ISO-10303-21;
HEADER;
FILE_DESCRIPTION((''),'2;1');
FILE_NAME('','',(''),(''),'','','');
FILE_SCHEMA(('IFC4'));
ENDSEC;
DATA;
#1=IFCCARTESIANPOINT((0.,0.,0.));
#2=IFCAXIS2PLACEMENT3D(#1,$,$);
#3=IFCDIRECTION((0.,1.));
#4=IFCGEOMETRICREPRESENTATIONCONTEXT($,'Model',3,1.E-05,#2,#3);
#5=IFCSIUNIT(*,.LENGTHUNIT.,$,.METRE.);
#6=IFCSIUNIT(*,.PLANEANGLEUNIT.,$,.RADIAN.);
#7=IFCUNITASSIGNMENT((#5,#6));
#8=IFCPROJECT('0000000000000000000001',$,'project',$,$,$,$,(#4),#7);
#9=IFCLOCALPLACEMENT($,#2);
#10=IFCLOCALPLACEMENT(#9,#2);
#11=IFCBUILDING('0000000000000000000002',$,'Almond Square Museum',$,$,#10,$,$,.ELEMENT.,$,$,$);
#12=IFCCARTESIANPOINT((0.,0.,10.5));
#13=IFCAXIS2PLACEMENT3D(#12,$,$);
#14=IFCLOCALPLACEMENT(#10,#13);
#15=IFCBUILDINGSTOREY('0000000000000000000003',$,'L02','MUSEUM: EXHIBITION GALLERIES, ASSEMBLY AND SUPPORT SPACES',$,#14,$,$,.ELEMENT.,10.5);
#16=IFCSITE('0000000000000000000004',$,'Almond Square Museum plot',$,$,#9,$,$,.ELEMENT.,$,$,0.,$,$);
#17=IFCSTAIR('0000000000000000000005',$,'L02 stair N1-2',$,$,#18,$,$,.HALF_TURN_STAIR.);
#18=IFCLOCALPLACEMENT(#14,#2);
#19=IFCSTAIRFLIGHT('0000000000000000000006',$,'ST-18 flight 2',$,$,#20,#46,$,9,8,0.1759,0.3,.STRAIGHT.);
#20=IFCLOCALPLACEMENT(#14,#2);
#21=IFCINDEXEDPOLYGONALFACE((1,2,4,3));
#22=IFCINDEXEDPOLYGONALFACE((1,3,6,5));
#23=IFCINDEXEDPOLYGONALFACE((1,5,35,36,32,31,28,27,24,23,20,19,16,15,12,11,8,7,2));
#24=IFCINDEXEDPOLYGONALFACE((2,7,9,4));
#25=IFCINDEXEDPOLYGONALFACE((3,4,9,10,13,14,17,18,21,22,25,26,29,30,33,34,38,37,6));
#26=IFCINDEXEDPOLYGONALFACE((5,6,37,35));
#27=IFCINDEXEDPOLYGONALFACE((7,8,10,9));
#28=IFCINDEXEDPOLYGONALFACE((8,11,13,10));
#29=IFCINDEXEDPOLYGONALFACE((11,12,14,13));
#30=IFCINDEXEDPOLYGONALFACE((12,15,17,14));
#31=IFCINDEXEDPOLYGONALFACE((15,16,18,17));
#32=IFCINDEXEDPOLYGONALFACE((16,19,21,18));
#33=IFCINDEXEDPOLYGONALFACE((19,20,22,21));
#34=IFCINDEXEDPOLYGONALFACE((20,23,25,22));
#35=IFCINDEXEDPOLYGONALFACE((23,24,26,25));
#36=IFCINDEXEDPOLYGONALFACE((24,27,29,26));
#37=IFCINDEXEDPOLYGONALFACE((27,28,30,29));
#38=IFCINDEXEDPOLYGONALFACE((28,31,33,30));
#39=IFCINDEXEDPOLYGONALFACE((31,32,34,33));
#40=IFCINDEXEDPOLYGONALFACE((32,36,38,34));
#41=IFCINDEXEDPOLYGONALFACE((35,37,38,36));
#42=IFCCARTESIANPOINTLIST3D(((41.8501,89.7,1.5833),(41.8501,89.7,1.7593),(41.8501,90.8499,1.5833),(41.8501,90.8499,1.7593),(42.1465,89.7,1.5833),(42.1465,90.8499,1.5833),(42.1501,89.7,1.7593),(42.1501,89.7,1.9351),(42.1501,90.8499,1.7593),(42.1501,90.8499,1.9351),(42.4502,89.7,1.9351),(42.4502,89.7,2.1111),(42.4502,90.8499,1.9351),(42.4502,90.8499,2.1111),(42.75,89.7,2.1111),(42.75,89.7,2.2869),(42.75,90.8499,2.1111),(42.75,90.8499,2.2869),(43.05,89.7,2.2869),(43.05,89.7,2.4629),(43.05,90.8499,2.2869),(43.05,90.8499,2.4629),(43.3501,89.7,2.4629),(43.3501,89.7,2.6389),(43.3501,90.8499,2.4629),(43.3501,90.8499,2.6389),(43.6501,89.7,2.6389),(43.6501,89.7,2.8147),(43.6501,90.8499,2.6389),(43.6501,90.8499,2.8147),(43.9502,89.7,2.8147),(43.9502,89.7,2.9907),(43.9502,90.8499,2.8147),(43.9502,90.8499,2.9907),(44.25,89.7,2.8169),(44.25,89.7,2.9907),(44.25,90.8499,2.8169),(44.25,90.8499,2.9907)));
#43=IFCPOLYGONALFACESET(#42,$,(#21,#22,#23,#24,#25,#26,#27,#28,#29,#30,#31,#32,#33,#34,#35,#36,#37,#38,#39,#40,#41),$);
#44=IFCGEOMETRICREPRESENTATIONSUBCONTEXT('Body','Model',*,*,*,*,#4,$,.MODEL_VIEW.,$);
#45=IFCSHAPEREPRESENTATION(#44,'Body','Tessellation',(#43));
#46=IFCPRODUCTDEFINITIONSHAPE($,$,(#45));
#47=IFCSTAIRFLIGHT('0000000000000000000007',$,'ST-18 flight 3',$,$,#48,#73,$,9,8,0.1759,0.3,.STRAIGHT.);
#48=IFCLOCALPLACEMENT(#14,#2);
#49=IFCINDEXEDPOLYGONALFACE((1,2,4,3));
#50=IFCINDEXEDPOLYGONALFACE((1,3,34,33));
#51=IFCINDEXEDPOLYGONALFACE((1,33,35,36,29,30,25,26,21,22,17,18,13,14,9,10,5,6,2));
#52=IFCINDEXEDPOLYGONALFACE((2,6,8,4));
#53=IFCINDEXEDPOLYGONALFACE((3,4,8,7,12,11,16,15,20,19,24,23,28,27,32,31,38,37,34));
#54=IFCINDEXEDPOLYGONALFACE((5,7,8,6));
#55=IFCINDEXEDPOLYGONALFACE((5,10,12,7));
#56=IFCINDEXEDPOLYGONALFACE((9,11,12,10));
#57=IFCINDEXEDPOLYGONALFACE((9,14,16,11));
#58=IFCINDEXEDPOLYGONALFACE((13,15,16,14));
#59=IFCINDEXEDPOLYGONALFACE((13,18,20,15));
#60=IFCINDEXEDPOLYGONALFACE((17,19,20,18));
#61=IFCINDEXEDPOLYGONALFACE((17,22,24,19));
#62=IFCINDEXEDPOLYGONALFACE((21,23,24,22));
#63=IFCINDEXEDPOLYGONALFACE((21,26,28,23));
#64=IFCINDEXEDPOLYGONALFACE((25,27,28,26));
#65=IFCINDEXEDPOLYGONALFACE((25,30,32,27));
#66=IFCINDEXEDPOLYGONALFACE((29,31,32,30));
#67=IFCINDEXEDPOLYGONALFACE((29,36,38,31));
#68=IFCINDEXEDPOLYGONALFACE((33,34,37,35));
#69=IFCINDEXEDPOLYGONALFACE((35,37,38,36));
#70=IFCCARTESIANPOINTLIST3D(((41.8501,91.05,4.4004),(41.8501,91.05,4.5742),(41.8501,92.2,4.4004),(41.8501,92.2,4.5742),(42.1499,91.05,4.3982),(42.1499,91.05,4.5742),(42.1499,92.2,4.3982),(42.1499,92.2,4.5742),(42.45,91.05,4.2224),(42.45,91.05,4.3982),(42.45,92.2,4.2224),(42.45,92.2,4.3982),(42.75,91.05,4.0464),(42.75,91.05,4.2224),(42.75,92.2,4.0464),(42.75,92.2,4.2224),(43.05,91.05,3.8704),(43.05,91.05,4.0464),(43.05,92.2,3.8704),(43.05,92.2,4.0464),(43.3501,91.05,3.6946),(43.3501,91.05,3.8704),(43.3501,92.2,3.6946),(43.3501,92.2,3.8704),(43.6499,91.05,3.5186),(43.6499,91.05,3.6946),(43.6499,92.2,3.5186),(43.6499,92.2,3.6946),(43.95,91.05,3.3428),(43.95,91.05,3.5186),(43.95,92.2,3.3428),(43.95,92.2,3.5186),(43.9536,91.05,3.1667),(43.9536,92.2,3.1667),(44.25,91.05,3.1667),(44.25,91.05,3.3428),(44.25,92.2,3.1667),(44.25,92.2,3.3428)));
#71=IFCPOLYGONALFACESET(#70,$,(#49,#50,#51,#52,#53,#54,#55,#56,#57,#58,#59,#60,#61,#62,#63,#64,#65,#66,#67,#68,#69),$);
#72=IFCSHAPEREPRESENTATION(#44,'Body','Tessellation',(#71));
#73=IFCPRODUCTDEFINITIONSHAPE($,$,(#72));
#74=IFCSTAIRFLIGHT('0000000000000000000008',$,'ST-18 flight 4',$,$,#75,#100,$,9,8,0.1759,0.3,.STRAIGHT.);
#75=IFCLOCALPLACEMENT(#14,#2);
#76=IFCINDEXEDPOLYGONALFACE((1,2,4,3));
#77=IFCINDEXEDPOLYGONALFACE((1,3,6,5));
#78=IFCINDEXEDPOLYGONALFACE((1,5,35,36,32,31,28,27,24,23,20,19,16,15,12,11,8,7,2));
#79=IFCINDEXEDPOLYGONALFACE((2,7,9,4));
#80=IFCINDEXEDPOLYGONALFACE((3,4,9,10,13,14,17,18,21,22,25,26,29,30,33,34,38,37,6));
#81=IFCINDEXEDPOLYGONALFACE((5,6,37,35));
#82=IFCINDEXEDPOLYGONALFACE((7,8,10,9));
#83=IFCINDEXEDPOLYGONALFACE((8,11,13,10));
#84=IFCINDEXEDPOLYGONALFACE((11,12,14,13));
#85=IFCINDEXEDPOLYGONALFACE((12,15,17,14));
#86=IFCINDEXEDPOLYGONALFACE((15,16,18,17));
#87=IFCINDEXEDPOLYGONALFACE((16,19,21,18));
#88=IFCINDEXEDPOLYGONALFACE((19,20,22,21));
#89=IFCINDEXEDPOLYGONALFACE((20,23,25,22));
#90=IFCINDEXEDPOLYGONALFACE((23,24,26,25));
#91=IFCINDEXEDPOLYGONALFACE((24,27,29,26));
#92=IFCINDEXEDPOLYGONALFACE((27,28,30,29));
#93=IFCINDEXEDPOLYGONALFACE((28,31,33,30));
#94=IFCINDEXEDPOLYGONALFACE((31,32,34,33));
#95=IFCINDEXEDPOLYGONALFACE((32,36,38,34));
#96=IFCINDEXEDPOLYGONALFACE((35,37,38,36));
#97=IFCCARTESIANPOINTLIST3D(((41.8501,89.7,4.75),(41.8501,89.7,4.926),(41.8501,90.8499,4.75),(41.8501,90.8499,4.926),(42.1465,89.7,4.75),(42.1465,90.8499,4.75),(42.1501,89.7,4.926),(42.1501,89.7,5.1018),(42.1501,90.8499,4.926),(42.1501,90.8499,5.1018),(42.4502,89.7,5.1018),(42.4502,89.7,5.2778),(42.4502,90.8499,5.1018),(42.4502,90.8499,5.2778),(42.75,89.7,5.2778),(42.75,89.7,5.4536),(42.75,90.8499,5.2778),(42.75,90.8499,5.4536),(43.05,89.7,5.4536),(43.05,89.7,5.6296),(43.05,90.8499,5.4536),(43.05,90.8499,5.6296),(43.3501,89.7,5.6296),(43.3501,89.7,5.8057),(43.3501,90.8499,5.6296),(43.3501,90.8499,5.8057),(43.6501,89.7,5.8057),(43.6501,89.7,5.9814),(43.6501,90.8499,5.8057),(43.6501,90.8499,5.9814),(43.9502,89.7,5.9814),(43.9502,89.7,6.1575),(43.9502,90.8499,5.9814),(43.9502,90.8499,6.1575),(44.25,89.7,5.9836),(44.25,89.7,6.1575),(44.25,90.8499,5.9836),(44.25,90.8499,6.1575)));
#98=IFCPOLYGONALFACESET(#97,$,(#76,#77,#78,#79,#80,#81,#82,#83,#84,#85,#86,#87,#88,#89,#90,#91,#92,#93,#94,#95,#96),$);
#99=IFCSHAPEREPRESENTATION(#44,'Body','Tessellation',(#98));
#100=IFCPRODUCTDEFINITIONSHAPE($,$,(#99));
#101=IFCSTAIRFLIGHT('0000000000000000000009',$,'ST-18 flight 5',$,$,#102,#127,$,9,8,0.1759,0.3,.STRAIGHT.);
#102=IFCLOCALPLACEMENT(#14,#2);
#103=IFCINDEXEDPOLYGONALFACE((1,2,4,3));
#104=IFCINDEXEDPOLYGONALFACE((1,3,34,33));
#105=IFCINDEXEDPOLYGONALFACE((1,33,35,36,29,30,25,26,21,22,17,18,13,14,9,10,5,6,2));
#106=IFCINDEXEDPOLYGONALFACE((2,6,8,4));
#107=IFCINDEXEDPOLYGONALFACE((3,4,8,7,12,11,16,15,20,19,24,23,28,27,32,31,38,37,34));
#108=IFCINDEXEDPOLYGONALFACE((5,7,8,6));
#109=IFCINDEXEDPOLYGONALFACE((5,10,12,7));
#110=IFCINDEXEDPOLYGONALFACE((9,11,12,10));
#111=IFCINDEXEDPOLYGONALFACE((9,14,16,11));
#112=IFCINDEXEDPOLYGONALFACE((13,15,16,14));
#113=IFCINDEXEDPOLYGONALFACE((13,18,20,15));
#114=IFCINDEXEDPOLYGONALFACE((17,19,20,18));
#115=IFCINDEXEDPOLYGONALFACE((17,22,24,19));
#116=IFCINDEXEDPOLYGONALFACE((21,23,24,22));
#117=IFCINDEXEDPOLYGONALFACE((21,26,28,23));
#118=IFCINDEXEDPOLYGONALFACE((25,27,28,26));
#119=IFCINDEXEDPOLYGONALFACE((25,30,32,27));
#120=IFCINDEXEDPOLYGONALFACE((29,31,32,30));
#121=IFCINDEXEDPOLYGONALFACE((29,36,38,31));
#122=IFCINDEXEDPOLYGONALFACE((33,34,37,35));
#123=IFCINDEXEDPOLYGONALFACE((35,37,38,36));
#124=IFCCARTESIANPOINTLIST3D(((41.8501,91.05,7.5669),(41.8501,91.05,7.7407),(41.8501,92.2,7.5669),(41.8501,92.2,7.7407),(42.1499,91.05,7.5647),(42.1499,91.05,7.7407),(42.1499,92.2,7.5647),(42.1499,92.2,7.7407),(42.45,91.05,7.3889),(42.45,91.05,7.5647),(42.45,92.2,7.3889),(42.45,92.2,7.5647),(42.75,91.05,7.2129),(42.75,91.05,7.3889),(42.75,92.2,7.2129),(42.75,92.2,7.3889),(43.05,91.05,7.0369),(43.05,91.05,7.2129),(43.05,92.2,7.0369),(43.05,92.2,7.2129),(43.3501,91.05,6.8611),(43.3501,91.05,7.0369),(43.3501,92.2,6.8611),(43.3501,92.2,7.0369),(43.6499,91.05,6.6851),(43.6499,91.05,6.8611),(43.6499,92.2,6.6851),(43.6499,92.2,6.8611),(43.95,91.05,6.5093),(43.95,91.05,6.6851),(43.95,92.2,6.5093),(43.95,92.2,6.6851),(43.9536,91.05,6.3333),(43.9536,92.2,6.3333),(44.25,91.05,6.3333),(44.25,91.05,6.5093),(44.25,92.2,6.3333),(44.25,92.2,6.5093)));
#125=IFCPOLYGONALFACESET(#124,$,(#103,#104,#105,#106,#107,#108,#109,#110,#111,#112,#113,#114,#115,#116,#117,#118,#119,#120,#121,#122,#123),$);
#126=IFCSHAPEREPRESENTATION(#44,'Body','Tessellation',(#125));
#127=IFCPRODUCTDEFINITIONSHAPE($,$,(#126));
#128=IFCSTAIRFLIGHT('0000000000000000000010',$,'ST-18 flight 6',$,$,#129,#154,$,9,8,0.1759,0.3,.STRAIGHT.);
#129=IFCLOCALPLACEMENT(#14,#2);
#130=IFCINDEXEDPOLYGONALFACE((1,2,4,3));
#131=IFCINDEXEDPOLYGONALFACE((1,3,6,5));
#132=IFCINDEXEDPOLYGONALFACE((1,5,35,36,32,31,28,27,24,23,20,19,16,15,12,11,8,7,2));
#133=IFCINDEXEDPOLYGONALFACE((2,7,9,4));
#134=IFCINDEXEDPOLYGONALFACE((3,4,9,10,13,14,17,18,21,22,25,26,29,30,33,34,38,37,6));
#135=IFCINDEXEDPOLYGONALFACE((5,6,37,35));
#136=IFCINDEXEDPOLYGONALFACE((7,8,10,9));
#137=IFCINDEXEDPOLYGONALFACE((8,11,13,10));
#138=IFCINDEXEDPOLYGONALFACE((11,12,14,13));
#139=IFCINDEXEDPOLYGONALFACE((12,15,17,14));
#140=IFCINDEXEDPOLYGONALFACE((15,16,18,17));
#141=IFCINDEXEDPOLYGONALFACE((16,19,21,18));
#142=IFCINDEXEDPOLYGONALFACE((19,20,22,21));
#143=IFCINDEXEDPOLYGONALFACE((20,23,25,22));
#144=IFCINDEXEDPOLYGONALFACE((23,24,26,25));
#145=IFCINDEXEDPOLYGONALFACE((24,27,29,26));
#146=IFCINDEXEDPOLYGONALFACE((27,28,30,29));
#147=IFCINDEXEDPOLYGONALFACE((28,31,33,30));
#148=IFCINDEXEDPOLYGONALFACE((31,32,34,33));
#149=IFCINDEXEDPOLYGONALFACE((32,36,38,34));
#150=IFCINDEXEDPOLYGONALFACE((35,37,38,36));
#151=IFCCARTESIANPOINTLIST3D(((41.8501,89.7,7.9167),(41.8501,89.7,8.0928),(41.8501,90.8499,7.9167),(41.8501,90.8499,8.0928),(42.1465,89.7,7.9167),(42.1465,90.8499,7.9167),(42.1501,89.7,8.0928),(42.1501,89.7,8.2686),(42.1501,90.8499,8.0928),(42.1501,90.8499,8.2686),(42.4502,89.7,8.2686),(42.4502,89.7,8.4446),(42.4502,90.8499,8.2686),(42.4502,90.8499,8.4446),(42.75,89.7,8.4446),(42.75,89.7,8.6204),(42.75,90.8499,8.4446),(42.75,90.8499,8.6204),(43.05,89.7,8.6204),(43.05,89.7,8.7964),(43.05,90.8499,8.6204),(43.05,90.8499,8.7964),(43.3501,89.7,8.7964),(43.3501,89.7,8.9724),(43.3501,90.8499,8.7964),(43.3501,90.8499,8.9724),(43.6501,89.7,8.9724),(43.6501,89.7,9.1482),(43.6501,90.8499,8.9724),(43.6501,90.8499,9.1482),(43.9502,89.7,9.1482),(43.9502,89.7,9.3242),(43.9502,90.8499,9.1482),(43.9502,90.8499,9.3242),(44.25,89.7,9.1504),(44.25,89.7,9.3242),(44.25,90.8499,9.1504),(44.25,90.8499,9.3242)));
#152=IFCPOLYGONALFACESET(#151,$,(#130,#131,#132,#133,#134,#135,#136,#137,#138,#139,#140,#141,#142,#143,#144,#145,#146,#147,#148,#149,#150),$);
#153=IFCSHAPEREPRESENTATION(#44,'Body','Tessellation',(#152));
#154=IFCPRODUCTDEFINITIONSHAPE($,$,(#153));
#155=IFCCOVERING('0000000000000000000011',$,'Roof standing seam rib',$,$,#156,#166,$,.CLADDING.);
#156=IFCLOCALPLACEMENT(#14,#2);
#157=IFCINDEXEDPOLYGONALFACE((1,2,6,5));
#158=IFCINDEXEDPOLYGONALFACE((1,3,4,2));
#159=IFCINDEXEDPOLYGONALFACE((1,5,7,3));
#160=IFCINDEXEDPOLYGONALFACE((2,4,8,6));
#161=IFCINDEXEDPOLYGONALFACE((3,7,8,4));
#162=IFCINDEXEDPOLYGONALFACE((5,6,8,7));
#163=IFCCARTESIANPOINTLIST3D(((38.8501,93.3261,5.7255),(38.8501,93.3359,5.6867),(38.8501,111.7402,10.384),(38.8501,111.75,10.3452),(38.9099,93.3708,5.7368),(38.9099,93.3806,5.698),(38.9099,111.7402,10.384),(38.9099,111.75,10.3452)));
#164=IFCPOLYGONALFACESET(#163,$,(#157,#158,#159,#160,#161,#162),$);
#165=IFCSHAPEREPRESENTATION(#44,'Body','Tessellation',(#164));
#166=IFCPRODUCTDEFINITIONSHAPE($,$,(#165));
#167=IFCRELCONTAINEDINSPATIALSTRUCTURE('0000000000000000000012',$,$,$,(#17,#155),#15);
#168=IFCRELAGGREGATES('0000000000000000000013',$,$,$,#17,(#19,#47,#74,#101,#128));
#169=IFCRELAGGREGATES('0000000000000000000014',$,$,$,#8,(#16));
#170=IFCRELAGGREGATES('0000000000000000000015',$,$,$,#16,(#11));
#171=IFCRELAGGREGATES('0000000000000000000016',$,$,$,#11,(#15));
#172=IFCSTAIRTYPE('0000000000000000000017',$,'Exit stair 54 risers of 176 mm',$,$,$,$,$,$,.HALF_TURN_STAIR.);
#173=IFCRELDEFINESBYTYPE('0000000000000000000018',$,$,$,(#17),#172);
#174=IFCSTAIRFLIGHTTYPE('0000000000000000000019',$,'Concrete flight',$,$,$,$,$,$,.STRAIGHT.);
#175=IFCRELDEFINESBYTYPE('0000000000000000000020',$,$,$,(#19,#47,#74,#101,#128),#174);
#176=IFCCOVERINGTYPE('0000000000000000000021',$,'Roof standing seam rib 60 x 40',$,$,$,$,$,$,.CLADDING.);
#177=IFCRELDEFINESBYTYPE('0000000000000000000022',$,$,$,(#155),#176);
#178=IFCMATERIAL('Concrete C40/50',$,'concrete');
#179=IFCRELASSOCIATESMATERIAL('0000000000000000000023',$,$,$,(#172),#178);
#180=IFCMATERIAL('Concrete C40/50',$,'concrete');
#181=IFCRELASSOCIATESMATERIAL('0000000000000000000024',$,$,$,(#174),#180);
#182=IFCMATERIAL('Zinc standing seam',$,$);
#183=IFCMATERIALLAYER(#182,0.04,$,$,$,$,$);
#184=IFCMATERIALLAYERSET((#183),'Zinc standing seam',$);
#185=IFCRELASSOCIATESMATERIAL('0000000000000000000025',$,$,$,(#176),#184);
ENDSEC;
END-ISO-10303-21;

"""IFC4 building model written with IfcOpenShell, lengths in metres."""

from ifc_helpers import new_model, si_unit, direction, frame, origin, place, context, subcontext, project, spatial, polyline, outline, extrude, material, layer, layer_set, type_object, element, aggregate, save


model = new_model("IFC4")

# Units and contexts
model_context = context("Model", 3, precision=1e-05, world=origin(), true_north=direction((0.0, 1.0)))
body_context = subcontext(model_context, "Body", "Model", "MODEL_VIEW")
ifc_project = project(units=[si_unit("LENGTHUNIT", "METRE"), si_unit("PLANEANGLEUNIT", "RADIAN")], contexts=[model_context])

# Site, building, storey
site_placement = place(None, origin())
site = spatial("IfcSite", under=ifc_project, at=site_placement, Name="Almond Square Museum plot", CompositionType="ELEMENT", RefElevation=0.0)
building_placement = place(site_placement, origin())
building = spatial("IfcBuilding", under=site, at=building_placement, Name="Almond Square Museum", CompositionType="ELEMENT")
storey_placement = place(building_placement, frame((0.0, 0.0, 10.5)))
storey = spatial("IfcBuildingStorey", under=building, at=storey_placement, Name="L02", Description="MUSEUM: EXHIBITION GALLERIES, ASSEMBLY AND SUPPORT SPACES", CompositionType="ELEMENT", Elevation=10.5)

# Stair, stair flights
ifc_material_1 = material(Name="Concrete C40/50", Category="concrete")
stair_type = type_object("IfcStairType", Name="Exit stair 54 risers of 176 mm", PredefinedType="HALF_TURN_STAIR", material=ifc_material_1)
stair_placement = place(storey_placement, origin())
stair = element("IfcStair", 1, at=stair_placement, inside=storey, type_object=stair_type, Name="L02 stair N1-2", PredefinedType="HALF_TURN_STAIR")
ifc_material_2 = material(Name="Concrete C40/50", Category="concrete")
stair_flight_type = type_object("IfcStairFlightType", Name="Concrete flight", PredefinedType="STRAIGHT", material=ifc_material_2)
stair_flight_1_placement = place(storey_placement, frame((41.8501, 90.2749, 1.5833), z_axis=(0.0, 0.0, 1.0), x_axis=(1.0, 0.0, 0.0)))
stair_flight_1 = element("IfcStairFlight", 2, at=stair_flight_1_placement, type_object=stair_flight_type, Name="ST-18 flight 2", NumberOfRisers=9, NumberOfTreads=8, PredefinedType="STRAIGHT", RiserHeight=0.1759, TreadLength=0.3, context=body_context, shape_type="SweptSolid", body=[
    extrude(outline(polyline([(0.0, 0.0), (0.0, 0.176), (0.3, 0.176), (0.3, 0.3518), (0.6001, 0.3518), (0.6001, 0.5278), (0.8999, 0.5278), (0.8999, 0.7036), (1.2, 0.7036), (1.2, 0.8796), (1.5, 0.8796), (1.5, 1.0557), (1.8, 1.0557), (1.8, 1.2314), (2.1001, 1.2314), (2.1001, 1.4075), (2.3999, 1.4075), (2.3999, 1.5833), (2.3999, 1.2336), (0.2964, 0.0), (0.0, 0.0)])), frame((0.0, 0.575, 0.0), z_axis=(0.0, -1.0, 0.0), x_axis=(1.0, 0.0, 0.0)), (0.0, 0.0, 1.0), 1.1499),
])
stair_flight_2_placement = place(storey_placement, frame((44.25, 91.625, 3.1667), z_axis=(0.0, 0.0, 1.0), x_axis=(-1.0, 0.0, 0.0)))
stair_flight_2 = element("IfcStairFlight", 3, at=stair_flight_2_placement, type_object=stair_flight_type, Name="ST-18 flight 3", NumberOfRisers=9, NumberOfTreads=8, PredefinedType="STRAIGHT", RiserHeight=0.1759, TreadLength=0.3, context=body_context, shape_type="SweptSolid", body=[
    extrude(outline(polyline([(0.0, 0.0), (0.0, 0.176), (0.3, 0.176), (0.3, 0.3518), (0.6001, 0.3518), (0.6001, 0.5278), (0.8999, 0.5278), (0.8999, 0.7036), (1.2, 0.7036), (1.2, 0.8796), (1.5, 0.8796), (1.5, 1.0557), (1.8, 1.0557), (1.8, 1.2314), (2.1001, 1.2314), (2.1001, 1.4075), (2.3999, 1.4075), (2.3999, 1.5833), (2.3999, 1.2336), (0.2964, 0.0), (0.0, 0.0)])), frame((0.0, 0.575, 0.0), z_axis=(0.0, -1.0, 0.0), x_axis=(1.0, 0.0, 0.0)), (0.0, 0.0, 1.0), 1.1499),
])
stair_flight_3_placement = place(storey_placement, frame((41.8501, 90.2749, 4.75), z_axis=(0.0, 0.0, 1.0), x_axis=(1.0, 0.0, 0.0)))
stair_flight_3 = element("IfcStairFlight", 4, at=stair_flight_3_placement, type_object=stair_flight_type, Name="ST-18 flight 4", NumberOfRisers=9, NumberOfTreads=8, PredefinedType="STRAIGHT", RiserHeight=0.1759, TreadLength=0.3, context=body_context, shape_type="SweptSolid", body=[
    extrude(outline(polyline([(0.0, 0.0), (0.0, 0.176), (0.3, 0.176), (0.3, 0.3518), (0.6001, 0.3518), (0.6001, 0.5278), (0.8999, 0.5278), (0.8999, 0.7036), (1.2, 0.7036), (1.2, 0.8796), (1.5, 0.8796), (1.5, 1.0557), (1.8, 1.0557), (1.8, 1.2314), (2.1001, 1.2314), (2.1001, 1.4075), (2.3999, 1.4075), (2.3999, 1.5833), (2.3999, 1.2336), (0.2964, 0.0), (0.0, 0.0)])), frame((0.0, 0.575, 0.0), z_axis=(0.0, -1.0, 0.0), x_axis=(1.0, 0.0, 0.0)), (0.0, 0.0, 1.0), 1.1499),
])
stair_flight_4_placement = place(storey_placement, frame((44.25, 91.625, 6.3333), z_axis=(0.0, 0.0, 1.0), x_axis=(-1.0, 0.0, 0.0)))
stair_flight_4 = element("IfcStairFlight", 5, at=stair_flight_4_placement, type_object=stair_flight_type, Name="ST-18 flight 5", NumberOfRisers=9, NumberOfTreads=8, PredefinedType="STRAIGHT", RiserHeight=0.1759, TreadLength=0.3, context=body_context, shape_type="SweptSolid", body=[
    extrude(outline(polyline([(0.0, 0.0), (0.0, 0.176), (0.3, 0.176), (0.3, 0.3518), (0.6001, 0.3518), (0.6001, 0.5278), (0.8999, 0.5278), (0.8999, 0.7036), (1.2, 0.7036), (1.2, 0.8796), (1.5, 0.8796), (1.5, 1.0557), (1.8, 1.0557), (1.8, 1.2314), (2.1001, 1.2314), (2.1001, 1.4075), (2.3999, 1.4075), (2.3999, 1.5833), (2.3999, 1.2336), (0.2964, 0.0), (0.0, 0.0)])), frame((0.0, 0.575, 0.0), z_axis=(0.0, -1.0, 0.0), x_axis=(1.0, 0.0, 0.0)), (0.0, 0.0, 1.0), 1.1499),
])
stair_flight_5_placement = place(storey_placement, frame((41.8501, 90.2749, 7.9167), z_axis=(0.0, 0.0, 1.0), x_axis=(1.0, 0.0, 0.0)))
stair_flight_5 = element("IfcStairFlight", 6, at=stair_flight_5_placement, type_object=stair_flight_type, Name="ST-18 flight 6", NumberOfRisers=9, NumberOfTreads=8, PredefinedType="STRAIGHT", RiserHeight=0.1759, TreadLength=0.3, context=body_context, shape_type="SweptSolid", body=[
    extrude(outline(polyline([(0.0, 0.0), (0.0, 0.176), (0.3, 0.176), (0.3, 0.3518), (0.6001, 0.3518), (0.6001, 0.5278), (0.8999, 0.5278), (0.8999, 0.7036), (1.2, 0.7036), (1.2, 0.8796), (1.5, 0.8796), (1.5, 1.0557), (1.8, 1.0557), (1.8, 1.2314), (2.1001, 1.2314), (2.1001, 1.4075), (2.3999, 1.4075), (2.3999, 1.5833), (2.3999, 1.2336), (0.2964, 0.0), (0.0, 0.0)])), frame((0.0, 0.575, 0.0), z_axis=(0.0, -1.0, 0.0), x_axis=(1.0, 0.0, 0.0)), (0.0, 0.0, 1.0), 1.1499),
])
aggregate(stair, [stair_flight_1, stair_flight_2, stair_flight_3, stair_flight_4, stair_flight_5])

# Covering
ifc_material_3 = material(Name="Zinc standing seam")
ifc_layer_1 = layer(ifc_material_3, 0.04)
ifc_layer_set_1 = layer_set([ifc_layer_1], Name="Zinc standing seam")
covering_type = type_object("IfcCoveringType", Name="Roof standing seam rib 60 x 40", PredefinedType="CLADDING", material=ifc_layer_set_1)
covering_placement = place(storey_placement, frame((38.9099, 93.3806, 5.698), z_axis=(0.000586, -0.245258, 0.969458), x_axis=(0.0, 0.969458, 0.245258)))
element("IfcCovering", 7, at=covering_placement, inside=storey, type_object=covering_type, Name="Roof standing seam rib", PredefinedType="CLADDING", context=body_context, shape_type="SweptSolid", body=[
    extrude(outline(polyline([(0.0, 0.0), (18.9481, 0.0), (18.9481, 0.0598), (-0.0461, 0.0598), (0.0, 0.0)])), origin(), (0.0, 0.0, 1.0), 0.04),
])

save(model, "model.ifc")
